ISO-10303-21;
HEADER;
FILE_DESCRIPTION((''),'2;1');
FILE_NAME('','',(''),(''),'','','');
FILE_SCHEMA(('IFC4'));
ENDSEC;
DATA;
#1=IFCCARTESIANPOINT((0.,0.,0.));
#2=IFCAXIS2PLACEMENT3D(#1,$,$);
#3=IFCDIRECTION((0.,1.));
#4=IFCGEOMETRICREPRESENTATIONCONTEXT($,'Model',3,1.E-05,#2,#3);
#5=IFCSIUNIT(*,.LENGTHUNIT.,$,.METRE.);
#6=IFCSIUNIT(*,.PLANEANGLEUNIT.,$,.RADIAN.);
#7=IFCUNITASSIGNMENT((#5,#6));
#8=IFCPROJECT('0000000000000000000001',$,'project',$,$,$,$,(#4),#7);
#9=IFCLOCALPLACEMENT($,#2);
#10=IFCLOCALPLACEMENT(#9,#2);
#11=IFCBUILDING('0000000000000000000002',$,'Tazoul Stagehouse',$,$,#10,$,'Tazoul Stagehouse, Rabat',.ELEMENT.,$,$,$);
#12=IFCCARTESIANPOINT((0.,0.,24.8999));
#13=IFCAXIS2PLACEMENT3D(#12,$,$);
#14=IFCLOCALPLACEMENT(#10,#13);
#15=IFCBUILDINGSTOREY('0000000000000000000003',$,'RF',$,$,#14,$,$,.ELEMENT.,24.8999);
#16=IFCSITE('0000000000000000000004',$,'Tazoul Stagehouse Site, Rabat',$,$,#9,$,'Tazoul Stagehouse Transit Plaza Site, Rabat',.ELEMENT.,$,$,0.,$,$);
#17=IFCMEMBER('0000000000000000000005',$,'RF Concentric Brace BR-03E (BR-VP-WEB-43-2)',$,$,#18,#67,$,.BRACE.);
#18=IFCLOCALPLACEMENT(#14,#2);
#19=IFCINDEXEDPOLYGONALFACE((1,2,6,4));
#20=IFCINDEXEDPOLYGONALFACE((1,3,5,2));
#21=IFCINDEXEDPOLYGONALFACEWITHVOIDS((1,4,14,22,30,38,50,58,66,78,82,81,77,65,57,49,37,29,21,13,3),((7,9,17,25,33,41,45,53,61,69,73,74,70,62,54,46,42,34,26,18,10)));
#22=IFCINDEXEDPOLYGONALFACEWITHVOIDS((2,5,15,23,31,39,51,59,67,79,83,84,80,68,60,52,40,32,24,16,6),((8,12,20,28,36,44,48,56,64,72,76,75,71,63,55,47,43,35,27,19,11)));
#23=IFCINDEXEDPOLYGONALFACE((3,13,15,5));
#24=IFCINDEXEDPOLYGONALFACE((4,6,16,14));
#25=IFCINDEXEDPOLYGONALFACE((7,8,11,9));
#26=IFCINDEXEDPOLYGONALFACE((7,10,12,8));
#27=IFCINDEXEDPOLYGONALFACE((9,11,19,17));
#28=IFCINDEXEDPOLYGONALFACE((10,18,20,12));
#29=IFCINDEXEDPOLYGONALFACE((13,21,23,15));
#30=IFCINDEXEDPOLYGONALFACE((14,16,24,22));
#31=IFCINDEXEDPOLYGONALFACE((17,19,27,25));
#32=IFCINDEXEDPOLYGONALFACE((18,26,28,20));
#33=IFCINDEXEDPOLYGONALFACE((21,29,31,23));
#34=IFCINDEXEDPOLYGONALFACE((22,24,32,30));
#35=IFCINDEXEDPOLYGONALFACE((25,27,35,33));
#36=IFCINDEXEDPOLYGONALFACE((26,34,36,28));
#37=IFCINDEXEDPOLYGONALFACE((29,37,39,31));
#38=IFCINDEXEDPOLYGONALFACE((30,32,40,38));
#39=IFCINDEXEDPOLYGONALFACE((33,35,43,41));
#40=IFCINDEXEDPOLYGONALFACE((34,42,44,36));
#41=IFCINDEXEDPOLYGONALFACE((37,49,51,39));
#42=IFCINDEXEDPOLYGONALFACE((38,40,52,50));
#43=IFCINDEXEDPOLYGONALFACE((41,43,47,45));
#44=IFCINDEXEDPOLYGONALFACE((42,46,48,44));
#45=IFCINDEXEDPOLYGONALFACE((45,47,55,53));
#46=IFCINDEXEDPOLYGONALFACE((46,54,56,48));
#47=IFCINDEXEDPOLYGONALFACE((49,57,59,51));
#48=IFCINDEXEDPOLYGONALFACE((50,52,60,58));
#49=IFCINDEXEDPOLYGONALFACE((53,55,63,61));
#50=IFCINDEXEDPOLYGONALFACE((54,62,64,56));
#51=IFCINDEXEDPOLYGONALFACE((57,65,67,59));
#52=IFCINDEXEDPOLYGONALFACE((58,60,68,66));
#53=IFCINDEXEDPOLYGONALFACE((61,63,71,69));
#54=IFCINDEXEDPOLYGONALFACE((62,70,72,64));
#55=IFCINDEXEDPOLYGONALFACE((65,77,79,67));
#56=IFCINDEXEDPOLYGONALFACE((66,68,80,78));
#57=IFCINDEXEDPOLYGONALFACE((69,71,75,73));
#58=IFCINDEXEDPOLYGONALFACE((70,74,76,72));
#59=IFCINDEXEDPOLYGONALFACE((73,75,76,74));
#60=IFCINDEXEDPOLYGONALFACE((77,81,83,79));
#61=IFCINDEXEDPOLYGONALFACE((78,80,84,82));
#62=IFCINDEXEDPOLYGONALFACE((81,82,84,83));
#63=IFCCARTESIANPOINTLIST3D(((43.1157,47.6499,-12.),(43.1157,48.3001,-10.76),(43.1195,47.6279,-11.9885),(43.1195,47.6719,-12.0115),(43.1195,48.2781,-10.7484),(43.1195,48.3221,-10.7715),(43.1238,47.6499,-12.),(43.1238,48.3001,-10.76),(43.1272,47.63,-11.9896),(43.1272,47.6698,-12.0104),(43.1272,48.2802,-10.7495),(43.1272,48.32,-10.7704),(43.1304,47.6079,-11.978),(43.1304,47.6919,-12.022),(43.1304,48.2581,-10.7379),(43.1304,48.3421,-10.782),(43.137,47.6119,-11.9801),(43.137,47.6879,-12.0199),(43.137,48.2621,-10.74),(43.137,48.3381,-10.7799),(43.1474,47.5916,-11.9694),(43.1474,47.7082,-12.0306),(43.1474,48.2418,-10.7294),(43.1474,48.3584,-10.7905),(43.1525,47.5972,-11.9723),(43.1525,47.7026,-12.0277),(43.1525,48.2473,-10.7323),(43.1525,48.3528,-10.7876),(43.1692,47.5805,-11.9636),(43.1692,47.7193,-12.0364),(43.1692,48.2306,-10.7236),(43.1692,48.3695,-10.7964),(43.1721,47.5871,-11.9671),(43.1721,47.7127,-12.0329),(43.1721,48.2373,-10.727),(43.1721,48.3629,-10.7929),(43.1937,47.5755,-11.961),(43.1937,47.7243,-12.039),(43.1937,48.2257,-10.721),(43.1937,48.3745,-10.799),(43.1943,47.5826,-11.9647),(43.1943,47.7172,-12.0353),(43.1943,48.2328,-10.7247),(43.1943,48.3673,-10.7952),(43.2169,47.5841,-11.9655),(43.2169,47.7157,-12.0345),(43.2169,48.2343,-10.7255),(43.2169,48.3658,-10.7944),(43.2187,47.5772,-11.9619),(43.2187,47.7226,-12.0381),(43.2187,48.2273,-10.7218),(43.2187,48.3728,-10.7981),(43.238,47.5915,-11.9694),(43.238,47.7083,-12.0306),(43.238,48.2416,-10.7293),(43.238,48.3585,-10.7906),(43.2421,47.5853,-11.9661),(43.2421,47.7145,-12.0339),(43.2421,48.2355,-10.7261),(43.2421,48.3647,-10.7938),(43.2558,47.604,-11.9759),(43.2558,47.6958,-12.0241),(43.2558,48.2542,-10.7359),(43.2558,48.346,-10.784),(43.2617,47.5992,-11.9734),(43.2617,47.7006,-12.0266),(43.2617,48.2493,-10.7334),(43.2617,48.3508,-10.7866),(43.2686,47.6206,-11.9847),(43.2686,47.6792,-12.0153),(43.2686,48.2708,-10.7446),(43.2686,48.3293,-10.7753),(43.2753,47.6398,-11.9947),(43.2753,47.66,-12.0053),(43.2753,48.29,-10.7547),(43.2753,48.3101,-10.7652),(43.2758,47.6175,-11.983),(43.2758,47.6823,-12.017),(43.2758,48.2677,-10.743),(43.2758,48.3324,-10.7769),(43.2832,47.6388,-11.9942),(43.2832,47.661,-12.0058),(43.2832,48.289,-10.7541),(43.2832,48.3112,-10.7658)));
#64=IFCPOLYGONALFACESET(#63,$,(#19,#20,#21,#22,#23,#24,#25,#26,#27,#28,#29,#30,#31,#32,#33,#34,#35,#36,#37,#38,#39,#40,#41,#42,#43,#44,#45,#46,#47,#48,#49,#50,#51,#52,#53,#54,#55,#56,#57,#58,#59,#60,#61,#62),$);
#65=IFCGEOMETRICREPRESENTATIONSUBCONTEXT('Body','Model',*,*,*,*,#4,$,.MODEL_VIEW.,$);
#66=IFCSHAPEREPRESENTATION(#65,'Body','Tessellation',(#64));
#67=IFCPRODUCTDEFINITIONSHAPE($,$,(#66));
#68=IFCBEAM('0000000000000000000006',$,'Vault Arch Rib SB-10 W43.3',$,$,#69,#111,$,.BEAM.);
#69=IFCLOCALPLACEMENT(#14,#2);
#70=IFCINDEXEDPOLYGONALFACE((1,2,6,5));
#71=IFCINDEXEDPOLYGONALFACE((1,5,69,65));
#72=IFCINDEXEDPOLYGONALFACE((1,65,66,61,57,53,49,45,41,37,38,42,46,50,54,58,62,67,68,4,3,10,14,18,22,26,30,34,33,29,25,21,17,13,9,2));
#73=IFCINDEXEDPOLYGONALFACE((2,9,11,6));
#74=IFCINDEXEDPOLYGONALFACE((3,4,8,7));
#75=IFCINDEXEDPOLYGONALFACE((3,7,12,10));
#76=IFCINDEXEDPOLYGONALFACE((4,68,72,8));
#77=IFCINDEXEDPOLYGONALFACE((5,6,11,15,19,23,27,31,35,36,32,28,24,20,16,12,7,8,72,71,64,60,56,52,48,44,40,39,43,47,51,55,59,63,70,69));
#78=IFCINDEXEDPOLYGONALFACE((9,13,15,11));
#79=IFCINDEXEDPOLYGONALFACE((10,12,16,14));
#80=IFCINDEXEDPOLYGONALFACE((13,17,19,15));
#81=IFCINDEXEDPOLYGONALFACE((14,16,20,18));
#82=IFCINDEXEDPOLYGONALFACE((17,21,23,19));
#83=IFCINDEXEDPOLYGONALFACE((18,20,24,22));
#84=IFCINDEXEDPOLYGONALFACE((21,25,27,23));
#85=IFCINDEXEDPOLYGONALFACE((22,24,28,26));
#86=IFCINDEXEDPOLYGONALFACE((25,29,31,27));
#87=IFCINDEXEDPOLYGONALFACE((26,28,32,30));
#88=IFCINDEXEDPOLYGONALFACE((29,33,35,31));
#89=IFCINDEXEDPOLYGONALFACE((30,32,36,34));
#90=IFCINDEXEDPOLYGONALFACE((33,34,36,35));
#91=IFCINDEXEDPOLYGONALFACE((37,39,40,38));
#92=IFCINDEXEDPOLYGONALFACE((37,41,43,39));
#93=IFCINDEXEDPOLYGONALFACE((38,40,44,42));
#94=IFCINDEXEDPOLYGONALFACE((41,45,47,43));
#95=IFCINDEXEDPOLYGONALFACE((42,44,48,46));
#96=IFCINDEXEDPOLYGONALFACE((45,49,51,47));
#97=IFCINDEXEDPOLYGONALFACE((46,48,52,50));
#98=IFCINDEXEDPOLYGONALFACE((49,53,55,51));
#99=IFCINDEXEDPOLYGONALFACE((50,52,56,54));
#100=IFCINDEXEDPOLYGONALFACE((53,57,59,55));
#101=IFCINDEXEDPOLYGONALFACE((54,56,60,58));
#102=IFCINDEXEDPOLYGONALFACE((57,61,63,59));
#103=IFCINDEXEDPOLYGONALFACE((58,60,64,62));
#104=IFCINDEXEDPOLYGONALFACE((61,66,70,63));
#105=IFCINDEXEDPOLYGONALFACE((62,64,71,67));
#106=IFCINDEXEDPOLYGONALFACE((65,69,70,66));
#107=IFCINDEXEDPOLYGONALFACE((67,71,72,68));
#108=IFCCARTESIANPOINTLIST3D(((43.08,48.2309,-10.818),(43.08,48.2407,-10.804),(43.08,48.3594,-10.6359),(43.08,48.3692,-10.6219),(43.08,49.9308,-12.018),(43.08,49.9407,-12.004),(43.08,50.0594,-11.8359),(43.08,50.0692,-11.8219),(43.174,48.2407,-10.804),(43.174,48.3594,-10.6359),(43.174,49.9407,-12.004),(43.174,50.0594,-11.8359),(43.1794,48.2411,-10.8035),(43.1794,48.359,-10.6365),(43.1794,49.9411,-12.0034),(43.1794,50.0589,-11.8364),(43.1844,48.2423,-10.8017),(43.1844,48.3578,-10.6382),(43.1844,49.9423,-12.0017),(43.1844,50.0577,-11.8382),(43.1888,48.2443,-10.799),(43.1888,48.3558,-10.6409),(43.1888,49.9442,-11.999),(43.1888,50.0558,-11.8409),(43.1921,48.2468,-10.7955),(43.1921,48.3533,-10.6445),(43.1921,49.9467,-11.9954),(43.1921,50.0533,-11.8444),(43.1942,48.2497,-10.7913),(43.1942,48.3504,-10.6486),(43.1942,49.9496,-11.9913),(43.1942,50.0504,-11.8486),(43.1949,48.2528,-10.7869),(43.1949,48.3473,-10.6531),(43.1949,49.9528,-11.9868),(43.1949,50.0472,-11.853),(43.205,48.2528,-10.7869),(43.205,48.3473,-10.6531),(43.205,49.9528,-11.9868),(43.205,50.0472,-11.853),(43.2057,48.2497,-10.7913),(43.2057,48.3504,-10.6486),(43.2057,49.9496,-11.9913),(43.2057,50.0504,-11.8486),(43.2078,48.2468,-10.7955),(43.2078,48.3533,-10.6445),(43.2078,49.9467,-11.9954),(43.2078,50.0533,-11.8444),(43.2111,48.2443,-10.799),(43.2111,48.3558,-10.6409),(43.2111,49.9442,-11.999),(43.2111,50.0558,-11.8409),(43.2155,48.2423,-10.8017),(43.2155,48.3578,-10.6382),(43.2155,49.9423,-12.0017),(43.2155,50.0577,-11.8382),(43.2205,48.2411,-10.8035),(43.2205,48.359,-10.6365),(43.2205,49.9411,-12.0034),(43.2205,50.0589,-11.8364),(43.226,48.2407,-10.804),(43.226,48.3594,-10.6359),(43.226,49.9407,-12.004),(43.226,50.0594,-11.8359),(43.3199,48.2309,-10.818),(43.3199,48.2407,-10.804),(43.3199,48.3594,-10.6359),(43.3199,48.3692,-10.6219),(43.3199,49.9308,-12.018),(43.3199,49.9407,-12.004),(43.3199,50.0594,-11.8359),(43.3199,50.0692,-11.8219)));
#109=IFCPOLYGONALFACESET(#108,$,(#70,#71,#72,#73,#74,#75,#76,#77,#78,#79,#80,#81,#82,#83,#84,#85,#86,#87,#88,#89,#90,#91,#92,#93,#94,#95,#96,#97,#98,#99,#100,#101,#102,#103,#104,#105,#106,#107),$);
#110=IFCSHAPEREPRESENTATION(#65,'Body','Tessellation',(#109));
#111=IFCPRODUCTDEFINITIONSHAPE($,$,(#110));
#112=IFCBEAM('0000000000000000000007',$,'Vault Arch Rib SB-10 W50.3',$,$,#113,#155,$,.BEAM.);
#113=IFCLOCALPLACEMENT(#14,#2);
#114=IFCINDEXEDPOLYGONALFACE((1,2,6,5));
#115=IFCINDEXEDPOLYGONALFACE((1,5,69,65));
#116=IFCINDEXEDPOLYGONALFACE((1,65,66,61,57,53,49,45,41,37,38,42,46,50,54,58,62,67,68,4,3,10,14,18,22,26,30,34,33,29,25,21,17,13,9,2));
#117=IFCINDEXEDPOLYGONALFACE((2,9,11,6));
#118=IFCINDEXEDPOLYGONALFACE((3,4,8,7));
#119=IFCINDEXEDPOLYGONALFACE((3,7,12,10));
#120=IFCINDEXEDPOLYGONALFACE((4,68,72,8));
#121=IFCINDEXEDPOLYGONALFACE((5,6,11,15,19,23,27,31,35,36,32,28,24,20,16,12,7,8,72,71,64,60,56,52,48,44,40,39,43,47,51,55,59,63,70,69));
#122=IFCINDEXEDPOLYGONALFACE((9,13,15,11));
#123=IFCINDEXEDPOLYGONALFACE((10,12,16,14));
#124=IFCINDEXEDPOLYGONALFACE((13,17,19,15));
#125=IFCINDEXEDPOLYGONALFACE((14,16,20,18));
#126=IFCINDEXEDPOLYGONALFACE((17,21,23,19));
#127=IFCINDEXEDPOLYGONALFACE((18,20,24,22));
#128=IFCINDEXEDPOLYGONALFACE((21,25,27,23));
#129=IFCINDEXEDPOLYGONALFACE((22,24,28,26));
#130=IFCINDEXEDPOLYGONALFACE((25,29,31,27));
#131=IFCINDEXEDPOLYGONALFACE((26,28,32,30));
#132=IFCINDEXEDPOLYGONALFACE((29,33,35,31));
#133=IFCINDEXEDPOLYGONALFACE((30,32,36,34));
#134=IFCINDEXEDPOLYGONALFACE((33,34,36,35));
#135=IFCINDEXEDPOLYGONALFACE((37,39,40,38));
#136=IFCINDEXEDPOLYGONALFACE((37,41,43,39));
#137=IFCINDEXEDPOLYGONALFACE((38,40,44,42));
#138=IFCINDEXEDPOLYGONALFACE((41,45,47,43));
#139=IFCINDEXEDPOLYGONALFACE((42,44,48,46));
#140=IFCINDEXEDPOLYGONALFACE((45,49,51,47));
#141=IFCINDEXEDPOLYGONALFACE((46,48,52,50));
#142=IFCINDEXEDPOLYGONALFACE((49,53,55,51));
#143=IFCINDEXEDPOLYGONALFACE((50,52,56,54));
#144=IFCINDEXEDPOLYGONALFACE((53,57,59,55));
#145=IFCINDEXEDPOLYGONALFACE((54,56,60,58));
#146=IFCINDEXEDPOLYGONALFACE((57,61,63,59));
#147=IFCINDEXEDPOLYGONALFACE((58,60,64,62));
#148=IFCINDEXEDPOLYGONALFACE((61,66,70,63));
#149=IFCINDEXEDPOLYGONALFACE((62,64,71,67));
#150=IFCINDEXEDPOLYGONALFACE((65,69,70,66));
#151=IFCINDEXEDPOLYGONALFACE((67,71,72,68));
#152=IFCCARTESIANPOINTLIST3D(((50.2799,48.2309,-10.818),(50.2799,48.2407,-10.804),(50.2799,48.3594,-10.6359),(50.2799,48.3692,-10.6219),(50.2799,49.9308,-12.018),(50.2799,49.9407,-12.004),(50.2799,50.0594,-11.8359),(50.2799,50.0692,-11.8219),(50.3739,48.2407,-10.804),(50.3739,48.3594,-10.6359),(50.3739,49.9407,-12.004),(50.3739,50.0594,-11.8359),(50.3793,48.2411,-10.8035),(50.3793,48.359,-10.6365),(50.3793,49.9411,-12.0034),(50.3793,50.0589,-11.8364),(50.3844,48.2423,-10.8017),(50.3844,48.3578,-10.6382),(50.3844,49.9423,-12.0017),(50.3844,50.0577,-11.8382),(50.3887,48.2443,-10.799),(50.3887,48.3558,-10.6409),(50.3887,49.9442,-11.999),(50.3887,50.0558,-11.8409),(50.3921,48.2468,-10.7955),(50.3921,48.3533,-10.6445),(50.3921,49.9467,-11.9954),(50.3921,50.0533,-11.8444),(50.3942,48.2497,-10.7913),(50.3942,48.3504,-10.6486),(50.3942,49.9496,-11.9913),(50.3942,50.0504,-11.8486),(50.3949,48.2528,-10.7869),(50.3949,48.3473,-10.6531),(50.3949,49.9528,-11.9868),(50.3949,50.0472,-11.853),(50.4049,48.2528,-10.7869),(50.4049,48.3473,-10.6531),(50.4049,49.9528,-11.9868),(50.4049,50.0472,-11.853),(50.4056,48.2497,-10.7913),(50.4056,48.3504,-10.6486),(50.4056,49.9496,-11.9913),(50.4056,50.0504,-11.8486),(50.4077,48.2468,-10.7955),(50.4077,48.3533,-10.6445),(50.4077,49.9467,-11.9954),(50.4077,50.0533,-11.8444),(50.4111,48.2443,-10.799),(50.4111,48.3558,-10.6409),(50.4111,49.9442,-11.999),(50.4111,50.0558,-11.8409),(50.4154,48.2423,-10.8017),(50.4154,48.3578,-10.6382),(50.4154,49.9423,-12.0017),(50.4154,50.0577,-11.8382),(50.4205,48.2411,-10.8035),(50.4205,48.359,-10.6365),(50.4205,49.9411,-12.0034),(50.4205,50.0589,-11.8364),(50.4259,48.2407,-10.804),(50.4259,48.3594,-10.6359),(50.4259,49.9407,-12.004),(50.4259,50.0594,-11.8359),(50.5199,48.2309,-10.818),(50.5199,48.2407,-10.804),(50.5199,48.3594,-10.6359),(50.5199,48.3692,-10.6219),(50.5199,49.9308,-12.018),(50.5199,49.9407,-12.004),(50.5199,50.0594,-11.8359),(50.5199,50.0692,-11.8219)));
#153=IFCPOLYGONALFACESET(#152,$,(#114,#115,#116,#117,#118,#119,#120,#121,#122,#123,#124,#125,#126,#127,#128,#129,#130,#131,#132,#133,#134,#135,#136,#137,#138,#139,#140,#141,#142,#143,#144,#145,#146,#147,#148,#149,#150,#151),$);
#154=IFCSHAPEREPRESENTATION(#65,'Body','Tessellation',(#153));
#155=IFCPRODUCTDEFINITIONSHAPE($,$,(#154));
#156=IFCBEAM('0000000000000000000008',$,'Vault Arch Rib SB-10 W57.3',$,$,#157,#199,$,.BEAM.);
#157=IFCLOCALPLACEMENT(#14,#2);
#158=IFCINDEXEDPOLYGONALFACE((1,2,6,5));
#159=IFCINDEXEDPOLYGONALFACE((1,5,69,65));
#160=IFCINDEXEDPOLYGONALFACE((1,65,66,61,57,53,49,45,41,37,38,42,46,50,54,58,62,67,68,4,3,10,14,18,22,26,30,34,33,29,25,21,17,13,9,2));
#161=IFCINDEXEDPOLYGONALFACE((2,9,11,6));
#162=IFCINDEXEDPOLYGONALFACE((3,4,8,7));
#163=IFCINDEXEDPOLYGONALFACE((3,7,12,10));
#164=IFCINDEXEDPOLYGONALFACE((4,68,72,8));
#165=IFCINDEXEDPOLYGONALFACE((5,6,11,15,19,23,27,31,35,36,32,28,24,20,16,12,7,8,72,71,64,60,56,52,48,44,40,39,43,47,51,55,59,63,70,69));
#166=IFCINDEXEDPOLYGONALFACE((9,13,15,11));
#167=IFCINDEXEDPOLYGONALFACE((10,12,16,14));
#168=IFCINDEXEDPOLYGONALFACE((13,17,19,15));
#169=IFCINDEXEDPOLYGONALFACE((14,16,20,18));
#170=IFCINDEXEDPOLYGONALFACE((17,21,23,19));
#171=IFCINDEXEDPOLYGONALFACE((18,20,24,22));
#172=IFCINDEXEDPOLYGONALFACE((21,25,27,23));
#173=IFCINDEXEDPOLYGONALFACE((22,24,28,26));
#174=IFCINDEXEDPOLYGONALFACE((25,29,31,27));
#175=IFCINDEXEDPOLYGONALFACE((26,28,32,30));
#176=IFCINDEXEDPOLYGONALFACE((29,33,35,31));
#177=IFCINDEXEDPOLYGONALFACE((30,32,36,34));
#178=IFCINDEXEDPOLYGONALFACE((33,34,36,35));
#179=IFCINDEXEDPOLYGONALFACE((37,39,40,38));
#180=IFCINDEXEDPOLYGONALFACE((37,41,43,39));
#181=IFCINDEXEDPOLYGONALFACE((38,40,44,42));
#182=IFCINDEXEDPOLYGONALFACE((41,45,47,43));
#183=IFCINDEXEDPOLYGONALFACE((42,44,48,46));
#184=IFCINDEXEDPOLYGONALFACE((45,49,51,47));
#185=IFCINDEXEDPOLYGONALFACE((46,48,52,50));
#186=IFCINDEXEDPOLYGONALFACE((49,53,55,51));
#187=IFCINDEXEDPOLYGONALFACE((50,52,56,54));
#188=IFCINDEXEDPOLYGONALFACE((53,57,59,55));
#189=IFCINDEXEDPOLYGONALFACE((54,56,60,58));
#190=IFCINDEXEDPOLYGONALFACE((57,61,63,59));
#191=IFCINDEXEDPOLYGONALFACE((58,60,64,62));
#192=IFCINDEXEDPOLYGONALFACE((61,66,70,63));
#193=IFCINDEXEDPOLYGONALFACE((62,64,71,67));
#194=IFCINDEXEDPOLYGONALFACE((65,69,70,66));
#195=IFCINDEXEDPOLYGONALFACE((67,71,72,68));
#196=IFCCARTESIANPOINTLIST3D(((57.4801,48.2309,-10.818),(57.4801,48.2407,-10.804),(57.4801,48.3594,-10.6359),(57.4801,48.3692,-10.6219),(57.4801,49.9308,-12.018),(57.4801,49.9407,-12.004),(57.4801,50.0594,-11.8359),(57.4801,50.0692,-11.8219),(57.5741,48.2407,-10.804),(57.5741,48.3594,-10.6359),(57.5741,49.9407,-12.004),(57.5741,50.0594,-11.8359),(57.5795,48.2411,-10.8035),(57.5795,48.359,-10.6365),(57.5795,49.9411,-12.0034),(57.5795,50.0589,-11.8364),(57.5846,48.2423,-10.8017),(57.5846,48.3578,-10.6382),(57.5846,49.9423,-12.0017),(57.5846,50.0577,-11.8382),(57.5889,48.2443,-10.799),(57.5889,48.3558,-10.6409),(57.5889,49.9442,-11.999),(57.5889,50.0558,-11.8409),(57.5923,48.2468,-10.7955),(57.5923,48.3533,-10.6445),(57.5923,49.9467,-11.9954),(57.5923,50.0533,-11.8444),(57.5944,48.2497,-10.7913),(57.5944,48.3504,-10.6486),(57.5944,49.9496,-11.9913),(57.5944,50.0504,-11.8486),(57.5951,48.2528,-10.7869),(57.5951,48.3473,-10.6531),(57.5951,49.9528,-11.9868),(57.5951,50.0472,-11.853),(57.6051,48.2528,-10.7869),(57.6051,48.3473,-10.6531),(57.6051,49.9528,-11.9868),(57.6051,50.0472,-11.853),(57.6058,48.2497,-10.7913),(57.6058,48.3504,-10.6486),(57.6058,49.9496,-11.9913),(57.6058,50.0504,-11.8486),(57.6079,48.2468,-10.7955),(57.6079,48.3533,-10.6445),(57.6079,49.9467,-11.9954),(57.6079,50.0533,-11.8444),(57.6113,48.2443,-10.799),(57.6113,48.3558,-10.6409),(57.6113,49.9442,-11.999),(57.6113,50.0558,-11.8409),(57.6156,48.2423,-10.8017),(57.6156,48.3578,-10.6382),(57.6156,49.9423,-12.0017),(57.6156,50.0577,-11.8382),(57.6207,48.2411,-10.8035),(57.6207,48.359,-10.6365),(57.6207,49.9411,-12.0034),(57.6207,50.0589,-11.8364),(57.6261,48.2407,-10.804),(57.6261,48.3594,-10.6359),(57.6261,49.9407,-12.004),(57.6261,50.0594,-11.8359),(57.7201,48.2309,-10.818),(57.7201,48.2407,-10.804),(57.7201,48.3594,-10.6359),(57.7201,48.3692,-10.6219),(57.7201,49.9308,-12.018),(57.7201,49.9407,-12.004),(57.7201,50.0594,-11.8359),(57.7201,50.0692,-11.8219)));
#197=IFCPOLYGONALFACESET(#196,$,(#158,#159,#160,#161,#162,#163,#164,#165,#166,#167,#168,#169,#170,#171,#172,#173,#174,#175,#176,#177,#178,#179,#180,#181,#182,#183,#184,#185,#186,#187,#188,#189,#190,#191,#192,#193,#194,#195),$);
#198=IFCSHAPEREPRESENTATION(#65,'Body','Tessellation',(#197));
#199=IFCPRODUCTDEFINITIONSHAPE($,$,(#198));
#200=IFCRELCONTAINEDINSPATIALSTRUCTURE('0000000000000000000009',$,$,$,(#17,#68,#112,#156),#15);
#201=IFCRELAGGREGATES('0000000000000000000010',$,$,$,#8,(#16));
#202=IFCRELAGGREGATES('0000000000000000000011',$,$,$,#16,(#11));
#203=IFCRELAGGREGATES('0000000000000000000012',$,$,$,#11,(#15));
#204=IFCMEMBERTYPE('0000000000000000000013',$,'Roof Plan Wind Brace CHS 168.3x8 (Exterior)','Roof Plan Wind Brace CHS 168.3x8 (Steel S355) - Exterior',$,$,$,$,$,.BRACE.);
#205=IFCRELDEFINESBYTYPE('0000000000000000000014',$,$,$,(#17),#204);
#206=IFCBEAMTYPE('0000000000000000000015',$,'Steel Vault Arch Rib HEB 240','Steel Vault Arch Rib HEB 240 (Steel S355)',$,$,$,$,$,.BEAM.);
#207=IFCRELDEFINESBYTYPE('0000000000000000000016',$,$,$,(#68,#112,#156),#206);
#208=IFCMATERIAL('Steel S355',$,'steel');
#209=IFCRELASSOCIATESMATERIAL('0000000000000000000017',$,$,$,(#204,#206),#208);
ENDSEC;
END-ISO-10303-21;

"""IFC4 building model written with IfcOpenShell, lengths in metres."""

from ifc_helpers import new_model, si_unit, direction, frame, origin, origin_2d, place, context, subcontext, project, spatial, hollow_circle, i_section, extrude, material, material_profile, profile_set, type_object, element, save


model = new_model("IFC4")

# Units and contexts
model_context = context("Model", 3, precision=1e-05, world=origin(), true_north=direction((0.0, 1.0)))
body_context = subcontext(model_context, "Body", "Model", "MODEL_VIEW")
ifc_project = project(units=[si_unit("LENGTHUNIT", "METRE"), si_unit("PLANEANGLEUNIT", "RADIAN")], contexts=[model_context])

# Site, building, storey
site_placement = place(None, origin())
site = spatial("IfcSite", under=ifc_project, at=site_placement, Name="Tazoul Stagehouse Site, Rabat", LongName="Tazoul Stagehouse Transit Plaza Site, Rabat", CompositionType="ELEMENT", RefElevation=0.0)
building_placement = place(site_placement, origin())
building = spatial("IfcBuilding", under=site, at=building_placement, Name="Tazoul Stagehouse", LongName="Tazoul Stagehouse, Rabat", CompositionType="ELEMENT")
storey_placement = place(building_placement, frame((0.0, 0.0, 24.8999)))
storey = spatial("IfcBuildingStorey", under=building, at=storey_placement, Name="RF", CompositionType="ELEMENT", Elevation=24.8999)

# Member
ifc_material_1 = material(Name="Steel S355", Category="steel")
ifc_material_profile_1 = material_profile(ifc_material_1, hollow_circle(Radius=0.0842, WallThickness=0.0081, at=origin_2d()), Name="CHS 168.3x8")
ifc_profile_set_1 = profile_set([ifc_material_profile_1], Name="Steel S355")
member_type_1 = type_object("IfcMemberType", Name="Roof Plan Wind Brace CHS 168.3x8 (Exterior)", Description="Roof Plan Wind Brace CHS 168.3x8 (Steel S355) - Exterior", PredefinedType="BRACE", material=ifc_profile_set_1)
member_placement = place(storey_placement, frame((43.2, 47.6499, -12.0), z_axis=(0.0, 0.464359, 0.885647), x_axis=(-1.0, 0.0, 0.0)))
element("IfcMember", 1, at=member_placement, inside=storey, type_object=member_type_1, Name="RF Concentric Brace BR-03E (BR-VP-WEB-43-2)", PredefinedType="BRACE", context=body_context, shape_type="SweptSolid", body=[
    extrude(hollow_circle(Radius=0.0842, WallThickness=0.0081, at=origin_2d()), origin(), (0.0, 0.0, 1.0), 1.4001),
])

# Beams
ifc_material_profile_2 = material_profile(ifc_material_1, i_section(OverallWidth=0.24, OverallDepth=0.24, WebThickness=0.01, FlangeThickness=0.0171, FilletRadius=0.021, at=origin_2d()), Name="HEB 240")
ifc_profile_set_2 = profile_set([ifc_material_profile_2], Name="Steel S355")
beam_type = type_object("IfcBeamType", Name="Steel Vault Arch Rib HEB 240", Description="Steel Vault Arch Rib HEB 240 (Steel S355)", PredefinedType="BEAM", material=ifc_profile_set_2)
for number, where, z_axis, x_axis, name in (
    (2, (43.2, 48.3, -10.72), (0.0, 0.816971, -0.576679), (-1.0, 0.0, 0.0), "Vault Arch Rib SB-10 W43.3"),
    (3, (50.3999, 48.3, -10.72), (0.0, 0.816971, -0.576679), (-1.0, 0.0, 0.0), "Vault Arch Rib SB-10 W50.3"),
    (4, (57.6001, 48.3, -10.72), (0.0, 0.816971, -0.576679), (-1.0, 0.0, 0.0), "Vault Arch Rib SB-10 W57.3"),
):
    element("IfcBeam", number, at=place(storey_placement, frame(where, z_axis=z_axis, x_axis=x_axis)), inside=storey, type_object=beam_type, Name=name, PredefinedType="BEAM", context=body_context, shape_type="SweptSolid", body=[
        extrude(i_section(OverallWidth=0.24, OverallDepth=0.24, WebThickness=0.01, FlangeThickness=0.0171, FilletRadius=0.021, at=origin_2d()), origin(), (0.0, 0.0, 1.0), 2.0808),
    ])

save(model, "model.ifc")
